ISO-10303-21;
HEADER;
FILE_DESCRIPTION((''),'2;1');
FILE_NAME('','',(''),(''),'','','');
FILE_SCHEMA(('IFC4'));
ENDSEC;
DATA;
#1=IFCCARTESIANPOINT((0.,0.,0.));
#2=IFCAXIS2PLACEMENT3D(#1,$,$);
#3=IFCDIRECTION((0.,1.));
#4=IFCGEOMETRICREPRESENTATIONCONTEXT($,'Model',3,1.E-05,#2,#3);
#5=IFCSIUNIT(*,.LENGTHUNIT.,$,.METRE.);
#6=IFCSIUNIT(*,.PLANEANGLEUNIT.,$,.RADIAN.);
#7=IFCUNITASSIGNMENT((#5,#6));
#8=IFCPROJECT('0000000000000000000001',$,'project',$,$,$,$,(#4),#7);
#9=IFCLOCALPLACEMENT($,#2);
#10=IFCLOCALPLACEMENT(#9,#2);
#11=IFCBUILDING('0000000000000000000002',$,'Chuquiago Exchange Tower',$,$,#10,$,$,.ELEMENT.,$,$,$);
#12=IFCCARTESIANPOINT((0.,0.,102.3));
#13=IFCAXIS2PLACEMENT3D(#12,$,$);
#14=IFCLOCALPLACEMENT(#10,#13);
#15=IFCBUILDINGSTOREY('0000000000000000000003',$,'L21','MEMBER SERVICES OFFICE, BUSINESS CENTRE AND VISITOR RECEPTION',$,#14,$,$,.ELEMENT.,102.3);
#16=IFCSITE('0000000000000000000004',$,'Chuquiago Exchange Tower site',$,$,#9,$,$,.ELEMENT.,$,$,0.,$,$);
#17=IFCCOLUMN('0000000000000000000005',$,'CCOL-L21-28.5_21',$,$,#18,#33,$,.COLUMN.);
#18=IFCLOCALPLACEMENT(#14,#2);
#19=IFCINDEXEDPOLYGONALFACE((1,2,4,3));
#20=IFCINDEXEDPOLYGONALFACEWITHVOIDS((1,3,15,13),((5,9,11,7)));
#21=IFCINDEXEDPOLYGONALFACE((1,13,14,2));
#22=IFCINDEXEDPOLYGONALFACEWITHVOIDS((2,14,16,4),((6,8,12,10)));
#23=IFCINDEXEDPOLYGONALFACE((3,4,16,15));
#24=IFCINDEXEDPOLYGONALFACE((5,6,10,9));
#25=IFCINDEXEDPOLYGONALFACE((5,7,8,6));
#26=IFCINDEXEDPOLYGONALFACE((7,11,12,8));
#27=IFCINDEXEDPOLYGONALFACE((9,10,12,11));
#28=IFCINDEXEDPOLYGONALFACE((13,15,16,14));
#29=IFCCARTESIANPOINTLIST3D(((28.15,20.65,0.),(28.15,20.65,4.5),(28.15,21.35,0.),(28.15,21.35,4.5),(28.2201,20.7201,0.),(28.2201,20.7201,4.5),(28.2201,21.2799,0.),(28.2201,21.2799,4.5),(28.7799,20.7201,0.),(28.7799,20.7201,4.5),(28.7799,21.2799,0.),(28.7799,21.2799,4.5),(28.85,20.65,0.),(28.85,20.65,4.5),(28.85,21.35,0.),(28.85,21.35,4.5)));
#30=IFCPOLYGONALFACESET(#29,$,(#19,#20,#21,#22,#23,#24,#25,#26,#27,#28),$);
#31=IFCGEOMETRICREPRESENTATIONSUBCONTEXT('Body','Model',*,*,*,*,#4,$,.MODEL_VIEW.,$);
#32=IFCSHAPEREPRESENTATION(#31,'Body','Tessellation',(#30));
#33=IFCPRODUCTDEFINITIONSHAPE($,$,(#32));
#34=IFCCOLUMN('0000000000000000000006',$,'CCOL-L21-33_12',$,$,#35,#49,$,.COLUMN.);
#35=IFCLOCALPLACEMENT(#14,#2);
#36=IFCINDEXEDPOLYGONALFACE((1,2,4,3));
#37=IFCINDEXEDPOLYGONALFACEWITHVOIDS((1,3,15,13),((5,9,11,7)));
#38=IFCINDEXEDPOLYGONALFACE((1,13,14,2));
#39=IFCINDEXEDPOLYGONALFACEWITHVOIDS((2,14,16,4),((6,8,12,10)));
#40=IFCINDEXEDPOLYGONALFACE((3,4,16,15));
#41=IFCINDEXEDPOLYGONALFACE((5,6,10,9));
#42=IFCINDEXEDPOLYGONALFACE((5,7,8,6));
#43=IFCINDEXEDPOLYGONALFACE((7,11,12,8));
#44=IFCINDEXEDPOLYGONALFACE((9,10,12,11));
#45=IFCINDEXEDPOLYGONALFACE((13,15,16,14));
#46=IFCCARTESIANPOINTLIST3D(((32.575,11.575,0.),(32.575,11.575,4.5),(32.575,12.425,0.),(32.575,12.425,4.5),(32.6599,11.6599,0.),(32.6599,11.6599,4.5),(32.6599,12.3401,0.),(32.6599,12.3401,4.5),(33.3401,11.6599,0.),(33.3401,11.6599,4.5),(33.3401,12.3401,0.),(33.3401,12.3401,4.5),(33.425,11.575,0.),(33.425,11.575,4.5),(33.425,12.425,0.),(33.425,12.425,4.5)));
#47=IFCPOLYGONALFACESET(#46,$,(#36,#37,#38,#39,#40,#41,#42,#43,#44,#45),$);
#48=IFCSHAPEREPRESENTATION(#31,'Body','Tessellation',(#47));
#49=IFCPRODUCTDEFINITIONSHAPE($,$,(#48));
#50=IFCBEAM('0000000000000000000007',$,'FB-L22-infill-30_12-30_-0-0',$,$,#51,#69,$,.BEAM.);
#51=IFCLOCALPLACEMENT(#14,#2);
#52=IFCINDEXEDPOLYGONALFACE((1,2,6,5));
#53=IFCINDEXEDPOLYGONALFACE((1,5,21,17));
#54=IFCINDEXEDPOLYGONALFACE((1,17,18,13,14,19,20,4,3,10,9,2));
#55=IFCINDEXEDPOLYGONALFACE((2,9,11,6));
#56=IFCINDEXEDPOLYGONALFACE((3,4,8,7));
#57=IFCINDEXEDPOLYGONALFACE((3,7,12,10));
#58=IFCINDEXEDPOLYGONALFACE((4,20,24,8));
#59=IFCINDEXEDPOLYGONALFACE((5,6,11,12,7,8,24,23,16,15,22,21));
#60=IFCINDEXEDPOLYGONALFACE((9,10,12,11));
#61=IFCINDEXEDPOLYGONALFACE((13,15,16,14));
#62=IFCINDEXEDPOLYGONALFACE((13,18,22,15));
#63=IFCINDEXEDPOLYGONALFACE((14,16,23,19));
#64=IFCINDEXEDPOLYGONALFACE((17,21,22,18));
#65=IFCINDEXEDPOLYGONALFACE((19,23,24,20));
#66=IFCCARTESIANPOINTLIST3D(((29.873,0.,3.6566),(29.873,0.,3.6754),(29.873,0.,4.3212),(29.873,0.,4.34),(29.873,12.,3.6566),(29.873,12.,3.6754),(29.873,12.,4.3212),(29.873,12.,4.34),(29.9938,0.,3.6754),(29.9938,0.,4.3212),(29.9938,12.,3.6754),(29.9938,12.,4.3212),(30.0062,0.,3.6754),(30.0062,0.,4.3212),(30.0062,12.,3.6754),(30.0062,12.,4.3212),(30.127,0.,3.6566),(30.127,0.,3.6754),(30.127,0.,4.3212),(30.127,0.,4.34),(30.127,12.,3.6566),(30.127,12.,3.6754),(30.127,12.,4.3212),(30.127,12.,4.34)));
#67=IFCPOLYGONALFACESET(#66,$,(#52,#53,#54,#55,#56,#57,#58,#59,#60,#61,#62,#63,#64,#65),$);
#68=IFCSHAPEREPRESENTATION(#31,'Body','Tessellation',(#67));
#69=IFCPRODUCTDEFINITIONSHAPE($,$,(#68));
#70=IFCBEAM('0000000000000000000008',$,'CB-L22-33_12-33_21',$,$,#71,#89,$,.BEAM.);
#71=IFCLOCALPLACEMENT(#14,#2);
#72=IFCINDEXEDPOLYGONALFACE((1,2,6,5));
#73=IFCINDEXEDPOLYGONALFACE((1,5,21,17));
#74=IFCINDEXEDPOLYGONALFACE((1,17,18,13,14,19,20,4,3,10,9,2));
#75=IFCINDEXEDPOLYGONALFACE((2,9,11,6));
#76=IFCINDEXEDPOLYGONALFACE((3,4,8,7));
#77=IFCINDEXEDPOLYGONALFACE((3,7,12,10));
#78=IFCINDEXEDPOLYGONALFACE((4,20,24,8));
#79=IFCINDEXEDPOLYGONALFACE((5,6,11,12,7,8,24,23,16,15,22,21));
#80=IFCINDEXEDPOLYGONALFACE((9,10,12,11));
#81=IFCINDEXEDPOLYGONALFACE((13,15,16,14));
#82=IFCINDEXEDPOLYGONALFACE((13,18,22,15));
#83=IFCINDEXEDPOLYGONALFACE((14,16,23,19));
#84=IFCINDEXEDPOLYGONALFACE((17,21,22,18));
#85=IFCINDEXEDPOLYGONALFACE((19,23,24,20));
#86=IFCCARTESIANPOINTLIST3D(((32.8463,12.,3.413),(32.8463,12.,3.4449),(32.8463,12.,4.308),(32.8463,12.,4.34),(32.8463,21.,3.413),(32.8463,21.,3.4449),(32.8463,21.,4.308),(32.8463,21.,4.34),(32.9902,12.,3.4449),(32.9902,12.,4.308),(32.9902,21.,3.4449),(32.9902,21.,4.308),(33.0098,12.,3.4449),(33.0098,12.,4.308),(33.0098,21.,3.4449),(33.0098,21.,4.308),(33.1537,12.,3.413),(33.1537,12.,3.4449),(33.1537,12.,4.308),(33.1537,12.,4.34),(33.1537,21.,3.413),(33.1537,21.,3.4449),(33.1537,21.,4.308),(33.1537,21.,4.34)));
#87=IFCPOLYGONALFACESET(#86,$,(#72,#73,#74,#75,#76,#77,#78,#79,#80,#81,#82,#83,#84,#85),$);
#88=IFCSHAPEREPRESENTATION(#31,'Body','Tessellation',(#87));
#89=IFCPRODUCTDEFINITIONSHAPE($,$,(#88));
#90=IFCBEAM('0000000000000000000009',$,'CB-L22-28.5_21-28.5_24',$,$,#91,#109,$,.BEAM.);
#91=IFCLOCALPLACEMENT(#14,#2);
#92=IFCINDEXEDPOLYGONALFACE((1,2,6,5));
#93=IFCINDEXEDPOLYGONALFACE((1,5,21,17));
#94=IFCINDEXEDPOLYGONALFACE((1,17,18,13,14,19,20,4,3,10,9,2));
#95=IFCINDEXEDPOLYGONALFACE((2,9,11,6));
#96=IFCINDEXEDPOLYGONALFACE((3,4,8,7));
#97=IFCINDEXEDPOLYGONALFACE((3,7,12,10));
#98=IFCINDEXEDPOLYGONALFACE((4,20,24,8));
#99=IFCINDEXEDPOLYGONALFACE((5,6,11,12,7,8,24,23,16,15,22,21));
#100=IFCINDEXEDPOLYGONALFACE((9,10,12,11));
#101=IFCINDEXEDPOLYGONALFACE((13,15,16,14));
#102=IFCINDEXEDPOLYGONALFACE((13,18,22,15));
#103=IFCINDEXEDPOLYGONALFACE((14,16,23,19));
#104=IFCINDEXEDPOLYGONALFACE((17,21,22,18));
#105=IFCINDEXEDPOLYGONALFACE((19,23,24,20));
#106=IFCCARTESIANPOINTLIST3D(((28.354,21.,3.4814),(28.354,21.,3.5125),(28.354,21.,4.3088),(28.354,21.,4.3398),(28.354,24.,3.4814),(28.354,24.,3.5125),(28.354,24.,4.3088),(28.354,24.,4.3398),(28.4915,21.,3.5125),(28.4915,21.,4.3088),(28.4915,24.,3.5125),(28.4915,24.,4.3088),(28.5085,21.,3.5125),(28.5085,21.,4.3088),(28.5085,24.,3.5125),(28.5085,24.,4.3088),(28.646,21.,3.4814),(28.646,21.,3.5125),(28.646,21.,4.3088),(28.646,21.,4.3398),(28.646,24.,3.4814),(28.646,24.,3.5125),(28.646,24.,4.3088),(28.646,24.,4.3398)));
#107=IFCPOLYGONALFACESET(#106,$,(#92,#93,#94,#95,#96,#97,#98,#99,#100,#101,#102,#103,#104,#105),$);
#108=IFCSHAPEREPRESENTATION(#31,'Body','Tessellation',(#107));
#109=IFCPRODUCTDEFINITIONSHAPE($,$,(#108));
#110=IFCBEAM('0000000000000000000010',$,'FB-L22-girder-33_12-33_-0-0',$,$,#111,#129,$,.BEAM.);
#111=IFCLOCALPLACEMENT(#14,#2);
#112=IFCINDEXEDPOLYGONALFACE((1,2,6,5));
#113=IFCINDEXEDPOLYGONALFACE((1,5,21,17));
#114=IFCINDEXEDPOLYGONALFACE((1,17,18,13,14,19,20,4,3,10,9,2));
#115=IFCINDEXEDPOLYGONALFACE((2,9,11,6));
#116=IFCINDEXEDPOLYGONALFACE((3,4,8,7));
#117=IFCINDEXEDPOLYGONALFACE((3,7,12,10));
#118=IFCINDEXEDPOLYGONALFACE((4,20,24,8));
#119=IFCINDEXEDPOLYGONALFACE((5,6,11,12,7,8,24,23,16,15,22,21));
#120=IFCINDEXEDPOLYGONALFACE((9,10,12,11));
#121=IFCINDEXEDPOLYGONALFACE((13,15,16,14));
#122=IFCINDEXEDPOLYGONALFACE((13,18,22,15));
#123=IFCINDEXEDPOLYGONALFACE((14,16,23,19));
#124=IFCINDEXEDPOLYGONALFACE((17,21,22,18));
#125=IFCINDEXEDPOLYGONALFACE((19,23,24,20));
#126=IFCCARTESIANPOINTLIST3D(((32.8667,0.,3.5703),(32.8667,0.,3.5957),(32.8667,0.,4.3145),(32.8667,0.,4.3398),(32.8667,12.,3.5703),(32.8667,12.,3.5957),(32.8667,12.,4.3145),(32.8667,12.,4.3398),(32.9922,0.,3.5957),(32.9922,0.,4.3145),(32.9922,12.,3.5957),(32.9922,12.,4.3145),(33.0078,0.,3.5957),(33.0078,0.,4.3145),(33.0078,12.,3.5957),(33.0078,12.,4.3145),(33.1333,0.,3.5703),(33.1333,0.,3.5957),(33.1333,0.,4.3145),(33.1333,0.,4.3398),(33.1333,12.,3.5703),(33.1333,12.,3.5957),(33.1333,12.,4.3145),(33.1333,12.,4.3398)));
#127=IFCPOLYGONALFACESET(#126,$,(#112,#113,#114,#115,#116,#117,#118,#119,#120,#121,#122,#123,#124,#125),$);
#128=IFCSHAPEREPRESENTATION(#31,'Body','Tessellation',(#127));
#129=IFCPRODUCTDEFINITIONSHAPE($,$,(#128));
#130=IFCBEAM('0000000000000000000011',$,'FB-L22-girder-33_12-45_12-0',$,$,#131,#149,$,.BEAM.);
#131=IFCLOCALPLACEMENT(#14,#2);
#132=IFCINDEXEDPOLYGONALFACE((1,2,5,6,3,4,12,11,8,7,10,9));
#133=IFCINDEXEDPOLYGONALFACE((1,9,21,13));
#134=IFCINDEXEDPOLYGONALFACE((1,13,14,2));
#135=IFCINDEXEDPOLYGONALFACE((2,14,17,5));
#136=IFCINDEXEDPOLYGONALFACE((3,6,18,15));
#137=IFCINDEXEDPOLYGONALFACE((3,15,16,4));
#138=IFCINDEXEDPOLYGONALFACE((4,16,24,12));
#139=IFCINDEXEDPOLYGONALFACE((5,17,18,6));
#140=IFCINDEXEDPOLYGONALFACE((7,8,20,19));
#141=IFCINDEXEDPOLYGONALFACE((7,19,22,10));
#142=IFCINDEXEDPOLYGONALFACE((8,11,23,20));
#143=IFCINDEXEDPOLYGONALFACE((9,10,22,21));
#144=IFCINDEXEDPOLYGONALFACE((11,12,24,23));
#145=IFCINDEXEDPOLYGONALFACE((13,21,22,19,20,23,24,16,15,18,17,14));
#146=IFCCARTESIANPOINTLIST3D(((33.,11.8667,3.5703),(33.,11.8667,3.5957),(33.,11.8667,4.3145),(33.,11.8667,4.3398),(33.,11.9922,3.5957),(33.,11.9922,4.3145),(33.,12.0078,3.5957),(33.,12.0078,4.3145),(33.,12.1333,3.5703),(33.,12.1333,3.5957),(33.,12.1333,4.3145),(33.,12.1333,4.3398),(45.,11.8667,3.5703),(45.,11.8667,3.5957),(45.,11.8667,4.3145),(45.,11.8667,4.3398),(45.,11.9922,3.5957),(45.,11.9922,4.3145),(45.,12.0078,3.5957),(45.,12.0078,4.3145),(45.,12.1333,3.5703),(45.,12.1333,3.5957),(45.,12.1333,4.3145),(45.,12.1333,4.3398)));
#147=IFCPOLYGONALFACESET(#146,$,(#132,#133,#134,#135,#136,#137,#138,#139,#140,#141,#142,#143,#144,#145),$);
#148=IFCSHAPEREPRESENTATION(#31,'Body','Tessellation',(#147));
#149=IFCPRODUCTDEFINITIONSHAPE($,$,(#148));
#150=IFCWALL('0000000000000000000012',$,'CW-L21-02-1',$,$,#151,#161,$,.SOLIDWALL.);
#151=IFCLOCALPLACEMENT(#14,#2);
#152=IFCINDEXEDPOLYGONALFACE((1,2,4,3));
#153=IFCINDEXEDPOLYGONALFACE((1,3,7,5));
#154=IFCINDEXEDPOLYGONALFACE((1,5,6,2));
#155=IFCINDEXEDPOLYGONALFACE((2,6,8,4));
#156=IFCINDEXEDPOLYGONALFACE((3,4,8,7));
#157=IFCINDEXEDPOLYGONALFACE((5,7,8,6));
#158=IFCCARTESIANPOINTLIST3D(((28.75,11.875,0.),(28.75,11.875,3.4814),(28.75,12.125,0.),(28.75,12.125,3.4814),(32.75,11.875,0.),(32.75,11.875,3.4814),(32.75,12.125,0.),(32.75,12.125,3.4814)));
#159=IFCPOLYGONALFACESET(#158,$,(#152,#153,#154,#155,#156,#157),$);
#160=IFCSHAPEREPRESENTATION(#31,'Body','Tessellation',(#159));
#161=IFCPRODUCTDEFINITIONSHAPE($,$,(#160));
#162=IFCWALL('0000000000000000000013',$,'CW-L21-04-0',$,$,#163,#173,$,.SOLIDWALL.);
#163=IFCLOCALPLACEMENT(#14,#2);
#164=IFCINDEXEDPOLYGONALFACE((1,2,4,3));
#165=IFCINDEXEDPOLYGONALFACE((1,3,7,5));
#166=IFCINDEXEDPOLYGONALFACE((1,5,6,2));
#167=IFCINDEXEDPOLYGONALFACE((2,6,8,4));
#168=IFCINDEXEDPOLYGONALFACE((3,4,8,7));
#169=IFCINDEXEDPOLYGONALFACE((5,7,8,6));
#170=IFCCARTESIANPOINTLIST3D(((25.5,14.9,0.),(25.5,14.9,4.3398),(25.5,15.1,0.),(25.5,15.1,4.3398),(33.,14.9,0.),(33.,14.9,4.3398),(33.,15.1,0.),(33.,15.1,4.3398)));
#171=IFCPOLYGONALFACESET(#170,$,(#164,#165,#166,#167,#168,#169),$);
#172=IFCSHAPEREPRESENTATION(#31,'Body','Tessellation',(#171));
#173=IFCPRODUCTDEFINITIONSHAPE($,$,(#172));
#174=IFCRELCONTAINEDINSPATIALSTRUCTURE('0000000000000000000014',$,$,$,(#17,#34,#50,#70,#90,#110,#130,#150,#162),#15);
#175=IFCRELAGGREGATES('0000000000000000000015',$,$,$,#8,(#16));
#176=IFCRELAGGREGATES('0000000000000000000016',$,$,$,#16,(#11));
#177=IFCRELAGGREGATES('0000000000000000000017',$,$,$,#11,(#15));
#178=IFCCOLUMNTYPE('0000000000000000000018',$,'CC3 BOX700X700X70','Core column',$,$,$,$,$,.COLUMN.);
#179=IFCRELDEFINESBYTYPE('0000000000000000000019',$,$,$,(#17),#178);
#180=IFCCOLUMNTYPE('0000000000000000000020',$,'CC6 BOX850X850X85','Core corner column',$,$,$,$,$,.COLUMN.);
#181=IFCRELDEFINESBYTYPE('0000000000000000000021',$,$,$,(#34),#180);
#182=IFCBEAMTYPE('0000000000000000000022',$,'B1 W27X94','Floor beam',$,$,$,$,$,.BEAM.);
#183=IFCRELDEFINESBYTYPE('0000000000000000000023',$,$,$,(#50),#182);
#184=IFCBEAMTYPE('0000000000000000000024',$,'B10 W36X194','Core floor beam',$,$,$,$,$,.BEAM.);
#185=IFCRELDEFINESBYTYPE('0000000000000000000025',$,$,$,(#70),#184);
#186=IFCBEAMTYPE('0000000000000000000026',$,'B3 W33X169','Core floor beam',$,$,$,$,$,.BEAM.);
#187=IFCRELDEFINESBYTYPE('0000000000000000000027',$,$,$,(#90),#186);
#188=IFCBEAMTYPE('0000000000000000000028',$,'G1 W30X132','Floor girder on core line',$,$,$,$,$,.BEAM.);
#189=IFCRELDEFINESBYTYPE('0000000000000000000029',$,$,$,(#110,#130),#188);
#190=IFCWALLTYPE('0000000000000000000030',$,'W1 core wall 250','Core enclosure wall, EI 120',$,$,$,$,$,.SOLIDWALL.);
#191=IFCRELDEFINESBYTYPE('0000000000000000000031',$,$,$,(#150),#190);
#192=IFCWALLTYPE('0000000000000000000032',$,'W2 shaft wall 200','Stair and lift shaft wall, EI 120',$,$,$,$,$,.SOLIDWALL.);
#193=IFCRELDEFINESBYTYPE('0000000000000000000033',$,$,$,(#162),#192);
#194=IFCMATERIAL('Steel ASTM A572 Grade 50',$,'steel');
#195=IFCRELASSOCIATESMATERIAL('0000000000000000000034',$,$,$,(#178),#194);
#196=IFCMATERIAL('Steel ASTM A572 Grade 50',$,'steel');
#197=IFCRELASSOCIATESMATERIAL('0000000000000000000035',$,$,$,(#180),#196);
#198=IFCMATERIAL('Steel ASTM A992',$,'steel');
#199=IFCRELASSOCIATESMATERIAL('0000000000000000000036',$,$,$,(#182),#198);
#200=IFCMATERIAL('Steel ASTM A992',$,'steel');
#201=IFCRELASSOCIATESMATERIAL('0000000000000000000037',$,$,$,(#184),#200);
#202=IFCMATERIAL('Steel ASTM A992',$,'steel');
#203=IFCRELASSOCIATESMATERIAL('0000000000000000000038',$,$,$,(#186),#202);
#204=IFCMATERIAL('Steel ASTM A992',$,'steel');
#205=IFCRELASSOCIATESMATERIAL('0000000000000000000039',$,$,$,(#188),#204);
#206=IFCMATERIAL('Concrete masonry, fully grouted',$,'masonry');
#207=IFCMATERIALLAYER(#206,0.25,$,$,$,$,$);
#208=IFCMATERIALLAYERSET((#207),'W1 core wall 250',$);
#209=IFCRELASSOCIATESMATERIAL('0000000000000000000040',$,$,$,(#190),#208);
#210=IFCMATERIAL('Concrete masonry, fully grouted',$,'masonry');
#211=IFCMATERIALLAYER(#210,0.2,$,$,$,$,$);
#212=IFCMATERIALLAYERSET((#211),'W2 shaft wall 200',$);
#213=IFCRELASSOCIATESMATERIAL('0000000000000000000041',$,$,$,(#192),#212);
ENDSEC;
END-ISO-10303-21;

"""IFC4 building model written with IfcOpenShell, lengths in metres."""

from ifc_helpers import new_model, si_unit, direction, frame, frame_2d, origin, origin_2d, place, context, subcontext, project, spatial, rectangle, hollow_rectangle, i_section, extrude, material, layer, layer_set, material_profile, profile_set, type_object, element, save


model = new_model("IFC4")

# Units and contexts
model_context = context("Model", 3, precision=1e-05, world=origin(), true_north=direction((0.0, 1.0)))
body_context = subcontext(model_context, "Body", "Model", "MODEL_VIEW")
ifc_project = project(units=[si_unit("LENGTHUNIT", "METRE"), si_unit("PLANEANGLEUNIT", "RADIAN")], contexts=[model_context])

# Site, building, storey
site_placement = place(None, origin())
site = spatial("IfcSite", under=ifc_project, at=site_placement, Name="Chuquiago Exchange Tower site", CompositionType="ELEMENT", RefElevation=0.0)
building_placement = place(site_placement, origin())
building = spatial("IfcBuilding", under=site, at=building_placement, Name="Chuquiago Exchange Tower", CompositionType="ELEMENT")
storey_placement = place(building_placement, frame((0.0, 0.0, 102.3)))
storey = spatial("IfcBuildingStorey", under=building, at=storey_placement, Name="L21", Description="MEMBER SERVICES OFFICE, BUSINESS CENTRE AND VISITOR RECEPTION", CompositionType="ELEMENT", Elevation=102.3)

# Columns
ifc_material_1 = material(Name="Steel ASTM A572 Grade 50", Category="steel")
ifc_material_profile_1 = material_profile(ifc_material_1, hollow_rectangle(XDim=0.7, YDim=0.7, WallThickness=0.0701, at=origin_2d()), Name="BOX700X700X70")
ifc_profile_set_1 = profile_set([ifc_material_profile_1], Name="Steel ASTM A572 Grade 50")
column_type_1 = type_object("IfcColumnType", Name="CC3 BOX700X700X70", Description="Core column", PredefinedType="COLUMN", material=ifc_profile_set_1)
column_1_placement = place(storey_placement, frame((28.5, 21.0, 0.0), z_axis=(0.0, 0.0, 1.0), x_axis=(1.0, 0.0, 0.0)))
element("IfcColumn", 1, at=column_1_placement, inside=storey, type_object=column_type_1, Name="CCOL-L21-28.5_21", PredefinedType="COLUMN", context=body_context, shape_type="SweptSolid", body=[
    extrude(hollow_rectangle(XDim=0.7, YDim=0.7, WallThickness=0.0701, at=origin_2d()), origin(), (0.0, 0.0, 1.0), 4.5),
])
ifc_material_2 = material(Name="Steel ASTM A572 Grade 50", Category="steel")
ifc_material_profile_2 = material_profile(ifc_material_2, hollow_rectangle(XDim=0.8501, YDim=0.8501, WallThickness=0.085, at=origin_2d()), Name="BOX850X850X85")
ifc_profile_set_2 = profile_set([ifc_material_profile_2], Name="Steel ASTM A572 Grade 50")
column_type_2 = type_object("IfcColumnType", Name="CC6 BOX850X850X85", Description="Core corner column", PredefinedType="COLUMN", material=ifc_profile_set_2)
column_2_placement = place(storey_placement, frame((33.0, 12.0, 0.0), z_axis=(0.0, 0.0, 1.0), x_axis=(1.0, 0.0, 0.0)))
element("IfcColumn", 2, at=column_2_placement, inside=storey, type_object=column_type_2, Name="CCOL-L21-33_12", PredefinedType="COLUMN", context=body_context, shape_type="SweptSolid", body=[
    extrude(hollow_rectangle(XDim=0.8501, YDim=0.8501, WallThickness=0.085, at=origin_2d()), origin(), (0.0, 0.0, 1.0), 4.5),
])

# Beams
ifc_material_3 = material(Name="Steel ASTM A992", Category="steel")
ifc_material_profile_3 = material_profile(ifc_material_3, i_section(OverallWidth=0.2539, OverallDepth=0.6833, WebThickness=0.0125, FlangeThickness=0.0188, at=origin_2d()), Name="W27X94")
ifc_profile_set_3 = profile_set([ifc_material_profile_3], Name="Steel ASTM A992")
beam_type_1 = type_object("IfcBeamType", Name="B1 W27X94", Description="Floor beam", PredefinedType="BEAM", material=ifc_profile_set_3)
beam_1_placement = place(storey_placement, frame((30.0, 12.0, 3.9983), z_axis=(0.0, -1.0, 0.0), x_axis=(1.0, 0.0, 0.0)))
element("IfcBeam", 3, at=beam_1_placement, inside=storey, type_object=beam_type_1, Name="FB-L22-infill-30_12-30_-0-0", PredefinedType="BEAM", context=body_context, shape_type="SweptSolid", body=[
    extrude(i_section(OverallWidth=0.2539, OverallDepth=0.6833, WebThickness=0.0125, FlangeThickness=0.0188, at=origin_2d()), origin(), (0.0, 0.0, 1.0), 12.0),
])
ifc_material_4 = material(Name="Steel ASTM A992", Category="steel")
ifc_material_profile_4 = material_profile(ifc_material_4, i_section(OverallWidth=0.3074, OverallDepth=0.927, WebThickness=0.0195, FlangeThickness=0.032, at=origin_2d()), Name="W36X194")
ifc_profile_set_4 = profile_set([ifc_material_profile_4], Name="Steel ASTM A992")
beam_type_2 = type_object("IfcBeamType", Name="B10 W36X194", Description="Core floor beam", PredefinedType="BEAM", material=ifc_profile_set_4)
beam_2_placement = place(storey_placement, frame((33.0, 12.0, 3.8765), z_axis=(0.0, 1.0, 0.0), x_axis=(-1.0, 0.0, 0.0)))
element("IfcBeam", 4, at=beam_2_placement, inside=storey, type_object=beam_type_2, Name="CB-L22-33_12-33_21", PredefinedType="BEAM", context=body_context, shape_type="SweptSolid", body=[
    extrude(i_section(OverallWidth=0.3074, OverallDepth=0.927, WebThickness=0.0195, FlangeThickness=0.032, at=origin_2d()), origin(), (0.0, 0.0, 1.0), 9.0),
])
ifc_material_5 = material(Name="Steel ASTM A992", Category="steel")
ifc_material_profile_5 = material_profile(ifc_material_5, i_section(OverallWidth=0.292, OverallDepth=0.8584, WebThickness=0.0171, FlangeThickness=0.031, at=origin_2d()), Name="W33X169")
ifc_profile_set_5 = profile_set([ifc_material_profile_5], Name="Steel ASTM A992")
beam_type_3 = type_object("IfcBeamType", Name="B3 W33X169", Description="Core floor beam", PredefinedType="BEAM", material=ifc_profile_set_5)
beam_3_placement = place(storey_placement, frame((28.5, 21.0, 3.9106), z_axis=(0.0, 1.0, 0.0), x_axis=(-1.0, 0.0, 0.0)))
element("IfcBeam", 5, at=beam_3_placement, inside=storey, type_object=beam_type_3, Name="CB-L22-28.5_21-28.5_24", PredefinedType="BEAM", context=body_context, shape_type="SweptSolid", body=[
    extrude(i_section(OverallWidth=0.292, OverallDepth=0.8584, WebThickness=0.0171, FlangeThickness=0.031, at=origin_2d()), origin(), (0.0, 0.0, 1.0), 3.0),
])
ifc_material_6 = material(Name="Steel ASTM A992", Category="steel")
ifc_material_profile_6 = material_profile(ifc_material_6, i_section(OverallWidth=0.2666, OverallDepth=0.7695, WebThickness=0.0156, FlangeThickness=0.0254, at=origin_2d()), Name="W30X132")
ifc_profile_set_6 = profile_set([ifc_material_profile_6], Name="Steel ASTM A992")
beam_type_4 = type_object("IfcBeamType", Name="G1 W30X132", Description="Floor girder on core line", PredefinedType="BEAM", material=ifc_profile_set_6)
for number, where, z_axis, x_axis, name in (
    (6, (33.0, 12.0, 3.9551), (0.0, -1.0, 0.0), (1.0, 0.0, 0.0), "FB-L22-girder-33_12-33_-0-0"),
    (7, (33.0, 12.0, 3.9551), (1.0, 0.0, 0.0), (0.0, 1.0, 0.0), "FB-L22-girder-33_12-45_12-0"),
):
    element("IfcBeam", number, at=place(storey_placement, frame(where, z_axis=z_axis, x_axis=x_axis)), inside=storey, type_object=beam_type_4, Name=name, PredefinedType="BEAM", context=body_context, shape_type="SweptSolid", body=[
        extrude(i_section(OverallWidth=0.2666, OverallDepth=0.7695, WebThickness=0.0156, FlangeThickness=0.0254, at=origin_2d()), origin(), (0.0, 0.0, 1.0), 12.0),
    ])

# Walls
ifc_material_7 = material(Name="Concrete masonry, fully grouted", Category="masonry")
ifc_layer_1 = layer(ifc_material_7, 0.25)
ifc_layer_set_1 = layer_set([ifc_layer_1], Name="W1 core wall 250")
wall_type_1 = type_object("IfcWallType", Name="W1 core wall 250", Description="Core enclosure wall, EI 120", PredefinedType="SOLIDWALL", material=ifc_layer_set_1)
wall_1_placement = place(storey_placement, frame((28.75, 12.0, 0.0), z_axis=(0.0, 0.0, 1.0), x_axis=(1.0, 0.0, 0.0)))
element("IfcWall", 8, at=wall_1_placement, inside=storey, type_object=wall_type_1, Name="CW-L21-02-1", PredefinedType="SOLIDWALL", context=body_context, shape_type="SweptSolid", body=[
    extrude(rectangle(XDim=4.0, YDim=0.25, at=frame_2d((2.0, 0.0))), origin(), (0.0, 0.0, 1.0), 3.4814),
])
ifc_material_8 = material(Name="Concrete masonry, fully grouted", Category="masonry")
ifc_layer_2 = layer(ifc_material_8, 0.2)
ifc_layer_set_2 = layer_set([ifc_layer_2], Name="W2 shaft wall 200")
wall_type_2 = type_object("IfcWallType", Name="W2 shaft wall 200", Description="Stair and lift shaft wall, EI 120", PredefinedType="SOLIDWALL", material=ifc_layer_set_2)
wall_2_placement = place(storey_placement, frame((25.5, 15.0, 0.0), z_axis=(0.0, 0.0, 1.0), x_axis=(1.0, 0.0, 0.0)))
element("IfcWall", 9, at=wall_2_placement, inside=storey, type_object=wall_type_2, Name="CW-L21-04-0", PredefinedType="SOLIDWALL", context=body_context, shape_type="SweptSolid", body=[
    extrude(rectangle(XDim=7.5, YDim=0.2, at=frame_2d((3.75, 0.0))), origin(), (0.0, 0.0, 1.0), 4.3398),
])

save(model, "model.ifc")
